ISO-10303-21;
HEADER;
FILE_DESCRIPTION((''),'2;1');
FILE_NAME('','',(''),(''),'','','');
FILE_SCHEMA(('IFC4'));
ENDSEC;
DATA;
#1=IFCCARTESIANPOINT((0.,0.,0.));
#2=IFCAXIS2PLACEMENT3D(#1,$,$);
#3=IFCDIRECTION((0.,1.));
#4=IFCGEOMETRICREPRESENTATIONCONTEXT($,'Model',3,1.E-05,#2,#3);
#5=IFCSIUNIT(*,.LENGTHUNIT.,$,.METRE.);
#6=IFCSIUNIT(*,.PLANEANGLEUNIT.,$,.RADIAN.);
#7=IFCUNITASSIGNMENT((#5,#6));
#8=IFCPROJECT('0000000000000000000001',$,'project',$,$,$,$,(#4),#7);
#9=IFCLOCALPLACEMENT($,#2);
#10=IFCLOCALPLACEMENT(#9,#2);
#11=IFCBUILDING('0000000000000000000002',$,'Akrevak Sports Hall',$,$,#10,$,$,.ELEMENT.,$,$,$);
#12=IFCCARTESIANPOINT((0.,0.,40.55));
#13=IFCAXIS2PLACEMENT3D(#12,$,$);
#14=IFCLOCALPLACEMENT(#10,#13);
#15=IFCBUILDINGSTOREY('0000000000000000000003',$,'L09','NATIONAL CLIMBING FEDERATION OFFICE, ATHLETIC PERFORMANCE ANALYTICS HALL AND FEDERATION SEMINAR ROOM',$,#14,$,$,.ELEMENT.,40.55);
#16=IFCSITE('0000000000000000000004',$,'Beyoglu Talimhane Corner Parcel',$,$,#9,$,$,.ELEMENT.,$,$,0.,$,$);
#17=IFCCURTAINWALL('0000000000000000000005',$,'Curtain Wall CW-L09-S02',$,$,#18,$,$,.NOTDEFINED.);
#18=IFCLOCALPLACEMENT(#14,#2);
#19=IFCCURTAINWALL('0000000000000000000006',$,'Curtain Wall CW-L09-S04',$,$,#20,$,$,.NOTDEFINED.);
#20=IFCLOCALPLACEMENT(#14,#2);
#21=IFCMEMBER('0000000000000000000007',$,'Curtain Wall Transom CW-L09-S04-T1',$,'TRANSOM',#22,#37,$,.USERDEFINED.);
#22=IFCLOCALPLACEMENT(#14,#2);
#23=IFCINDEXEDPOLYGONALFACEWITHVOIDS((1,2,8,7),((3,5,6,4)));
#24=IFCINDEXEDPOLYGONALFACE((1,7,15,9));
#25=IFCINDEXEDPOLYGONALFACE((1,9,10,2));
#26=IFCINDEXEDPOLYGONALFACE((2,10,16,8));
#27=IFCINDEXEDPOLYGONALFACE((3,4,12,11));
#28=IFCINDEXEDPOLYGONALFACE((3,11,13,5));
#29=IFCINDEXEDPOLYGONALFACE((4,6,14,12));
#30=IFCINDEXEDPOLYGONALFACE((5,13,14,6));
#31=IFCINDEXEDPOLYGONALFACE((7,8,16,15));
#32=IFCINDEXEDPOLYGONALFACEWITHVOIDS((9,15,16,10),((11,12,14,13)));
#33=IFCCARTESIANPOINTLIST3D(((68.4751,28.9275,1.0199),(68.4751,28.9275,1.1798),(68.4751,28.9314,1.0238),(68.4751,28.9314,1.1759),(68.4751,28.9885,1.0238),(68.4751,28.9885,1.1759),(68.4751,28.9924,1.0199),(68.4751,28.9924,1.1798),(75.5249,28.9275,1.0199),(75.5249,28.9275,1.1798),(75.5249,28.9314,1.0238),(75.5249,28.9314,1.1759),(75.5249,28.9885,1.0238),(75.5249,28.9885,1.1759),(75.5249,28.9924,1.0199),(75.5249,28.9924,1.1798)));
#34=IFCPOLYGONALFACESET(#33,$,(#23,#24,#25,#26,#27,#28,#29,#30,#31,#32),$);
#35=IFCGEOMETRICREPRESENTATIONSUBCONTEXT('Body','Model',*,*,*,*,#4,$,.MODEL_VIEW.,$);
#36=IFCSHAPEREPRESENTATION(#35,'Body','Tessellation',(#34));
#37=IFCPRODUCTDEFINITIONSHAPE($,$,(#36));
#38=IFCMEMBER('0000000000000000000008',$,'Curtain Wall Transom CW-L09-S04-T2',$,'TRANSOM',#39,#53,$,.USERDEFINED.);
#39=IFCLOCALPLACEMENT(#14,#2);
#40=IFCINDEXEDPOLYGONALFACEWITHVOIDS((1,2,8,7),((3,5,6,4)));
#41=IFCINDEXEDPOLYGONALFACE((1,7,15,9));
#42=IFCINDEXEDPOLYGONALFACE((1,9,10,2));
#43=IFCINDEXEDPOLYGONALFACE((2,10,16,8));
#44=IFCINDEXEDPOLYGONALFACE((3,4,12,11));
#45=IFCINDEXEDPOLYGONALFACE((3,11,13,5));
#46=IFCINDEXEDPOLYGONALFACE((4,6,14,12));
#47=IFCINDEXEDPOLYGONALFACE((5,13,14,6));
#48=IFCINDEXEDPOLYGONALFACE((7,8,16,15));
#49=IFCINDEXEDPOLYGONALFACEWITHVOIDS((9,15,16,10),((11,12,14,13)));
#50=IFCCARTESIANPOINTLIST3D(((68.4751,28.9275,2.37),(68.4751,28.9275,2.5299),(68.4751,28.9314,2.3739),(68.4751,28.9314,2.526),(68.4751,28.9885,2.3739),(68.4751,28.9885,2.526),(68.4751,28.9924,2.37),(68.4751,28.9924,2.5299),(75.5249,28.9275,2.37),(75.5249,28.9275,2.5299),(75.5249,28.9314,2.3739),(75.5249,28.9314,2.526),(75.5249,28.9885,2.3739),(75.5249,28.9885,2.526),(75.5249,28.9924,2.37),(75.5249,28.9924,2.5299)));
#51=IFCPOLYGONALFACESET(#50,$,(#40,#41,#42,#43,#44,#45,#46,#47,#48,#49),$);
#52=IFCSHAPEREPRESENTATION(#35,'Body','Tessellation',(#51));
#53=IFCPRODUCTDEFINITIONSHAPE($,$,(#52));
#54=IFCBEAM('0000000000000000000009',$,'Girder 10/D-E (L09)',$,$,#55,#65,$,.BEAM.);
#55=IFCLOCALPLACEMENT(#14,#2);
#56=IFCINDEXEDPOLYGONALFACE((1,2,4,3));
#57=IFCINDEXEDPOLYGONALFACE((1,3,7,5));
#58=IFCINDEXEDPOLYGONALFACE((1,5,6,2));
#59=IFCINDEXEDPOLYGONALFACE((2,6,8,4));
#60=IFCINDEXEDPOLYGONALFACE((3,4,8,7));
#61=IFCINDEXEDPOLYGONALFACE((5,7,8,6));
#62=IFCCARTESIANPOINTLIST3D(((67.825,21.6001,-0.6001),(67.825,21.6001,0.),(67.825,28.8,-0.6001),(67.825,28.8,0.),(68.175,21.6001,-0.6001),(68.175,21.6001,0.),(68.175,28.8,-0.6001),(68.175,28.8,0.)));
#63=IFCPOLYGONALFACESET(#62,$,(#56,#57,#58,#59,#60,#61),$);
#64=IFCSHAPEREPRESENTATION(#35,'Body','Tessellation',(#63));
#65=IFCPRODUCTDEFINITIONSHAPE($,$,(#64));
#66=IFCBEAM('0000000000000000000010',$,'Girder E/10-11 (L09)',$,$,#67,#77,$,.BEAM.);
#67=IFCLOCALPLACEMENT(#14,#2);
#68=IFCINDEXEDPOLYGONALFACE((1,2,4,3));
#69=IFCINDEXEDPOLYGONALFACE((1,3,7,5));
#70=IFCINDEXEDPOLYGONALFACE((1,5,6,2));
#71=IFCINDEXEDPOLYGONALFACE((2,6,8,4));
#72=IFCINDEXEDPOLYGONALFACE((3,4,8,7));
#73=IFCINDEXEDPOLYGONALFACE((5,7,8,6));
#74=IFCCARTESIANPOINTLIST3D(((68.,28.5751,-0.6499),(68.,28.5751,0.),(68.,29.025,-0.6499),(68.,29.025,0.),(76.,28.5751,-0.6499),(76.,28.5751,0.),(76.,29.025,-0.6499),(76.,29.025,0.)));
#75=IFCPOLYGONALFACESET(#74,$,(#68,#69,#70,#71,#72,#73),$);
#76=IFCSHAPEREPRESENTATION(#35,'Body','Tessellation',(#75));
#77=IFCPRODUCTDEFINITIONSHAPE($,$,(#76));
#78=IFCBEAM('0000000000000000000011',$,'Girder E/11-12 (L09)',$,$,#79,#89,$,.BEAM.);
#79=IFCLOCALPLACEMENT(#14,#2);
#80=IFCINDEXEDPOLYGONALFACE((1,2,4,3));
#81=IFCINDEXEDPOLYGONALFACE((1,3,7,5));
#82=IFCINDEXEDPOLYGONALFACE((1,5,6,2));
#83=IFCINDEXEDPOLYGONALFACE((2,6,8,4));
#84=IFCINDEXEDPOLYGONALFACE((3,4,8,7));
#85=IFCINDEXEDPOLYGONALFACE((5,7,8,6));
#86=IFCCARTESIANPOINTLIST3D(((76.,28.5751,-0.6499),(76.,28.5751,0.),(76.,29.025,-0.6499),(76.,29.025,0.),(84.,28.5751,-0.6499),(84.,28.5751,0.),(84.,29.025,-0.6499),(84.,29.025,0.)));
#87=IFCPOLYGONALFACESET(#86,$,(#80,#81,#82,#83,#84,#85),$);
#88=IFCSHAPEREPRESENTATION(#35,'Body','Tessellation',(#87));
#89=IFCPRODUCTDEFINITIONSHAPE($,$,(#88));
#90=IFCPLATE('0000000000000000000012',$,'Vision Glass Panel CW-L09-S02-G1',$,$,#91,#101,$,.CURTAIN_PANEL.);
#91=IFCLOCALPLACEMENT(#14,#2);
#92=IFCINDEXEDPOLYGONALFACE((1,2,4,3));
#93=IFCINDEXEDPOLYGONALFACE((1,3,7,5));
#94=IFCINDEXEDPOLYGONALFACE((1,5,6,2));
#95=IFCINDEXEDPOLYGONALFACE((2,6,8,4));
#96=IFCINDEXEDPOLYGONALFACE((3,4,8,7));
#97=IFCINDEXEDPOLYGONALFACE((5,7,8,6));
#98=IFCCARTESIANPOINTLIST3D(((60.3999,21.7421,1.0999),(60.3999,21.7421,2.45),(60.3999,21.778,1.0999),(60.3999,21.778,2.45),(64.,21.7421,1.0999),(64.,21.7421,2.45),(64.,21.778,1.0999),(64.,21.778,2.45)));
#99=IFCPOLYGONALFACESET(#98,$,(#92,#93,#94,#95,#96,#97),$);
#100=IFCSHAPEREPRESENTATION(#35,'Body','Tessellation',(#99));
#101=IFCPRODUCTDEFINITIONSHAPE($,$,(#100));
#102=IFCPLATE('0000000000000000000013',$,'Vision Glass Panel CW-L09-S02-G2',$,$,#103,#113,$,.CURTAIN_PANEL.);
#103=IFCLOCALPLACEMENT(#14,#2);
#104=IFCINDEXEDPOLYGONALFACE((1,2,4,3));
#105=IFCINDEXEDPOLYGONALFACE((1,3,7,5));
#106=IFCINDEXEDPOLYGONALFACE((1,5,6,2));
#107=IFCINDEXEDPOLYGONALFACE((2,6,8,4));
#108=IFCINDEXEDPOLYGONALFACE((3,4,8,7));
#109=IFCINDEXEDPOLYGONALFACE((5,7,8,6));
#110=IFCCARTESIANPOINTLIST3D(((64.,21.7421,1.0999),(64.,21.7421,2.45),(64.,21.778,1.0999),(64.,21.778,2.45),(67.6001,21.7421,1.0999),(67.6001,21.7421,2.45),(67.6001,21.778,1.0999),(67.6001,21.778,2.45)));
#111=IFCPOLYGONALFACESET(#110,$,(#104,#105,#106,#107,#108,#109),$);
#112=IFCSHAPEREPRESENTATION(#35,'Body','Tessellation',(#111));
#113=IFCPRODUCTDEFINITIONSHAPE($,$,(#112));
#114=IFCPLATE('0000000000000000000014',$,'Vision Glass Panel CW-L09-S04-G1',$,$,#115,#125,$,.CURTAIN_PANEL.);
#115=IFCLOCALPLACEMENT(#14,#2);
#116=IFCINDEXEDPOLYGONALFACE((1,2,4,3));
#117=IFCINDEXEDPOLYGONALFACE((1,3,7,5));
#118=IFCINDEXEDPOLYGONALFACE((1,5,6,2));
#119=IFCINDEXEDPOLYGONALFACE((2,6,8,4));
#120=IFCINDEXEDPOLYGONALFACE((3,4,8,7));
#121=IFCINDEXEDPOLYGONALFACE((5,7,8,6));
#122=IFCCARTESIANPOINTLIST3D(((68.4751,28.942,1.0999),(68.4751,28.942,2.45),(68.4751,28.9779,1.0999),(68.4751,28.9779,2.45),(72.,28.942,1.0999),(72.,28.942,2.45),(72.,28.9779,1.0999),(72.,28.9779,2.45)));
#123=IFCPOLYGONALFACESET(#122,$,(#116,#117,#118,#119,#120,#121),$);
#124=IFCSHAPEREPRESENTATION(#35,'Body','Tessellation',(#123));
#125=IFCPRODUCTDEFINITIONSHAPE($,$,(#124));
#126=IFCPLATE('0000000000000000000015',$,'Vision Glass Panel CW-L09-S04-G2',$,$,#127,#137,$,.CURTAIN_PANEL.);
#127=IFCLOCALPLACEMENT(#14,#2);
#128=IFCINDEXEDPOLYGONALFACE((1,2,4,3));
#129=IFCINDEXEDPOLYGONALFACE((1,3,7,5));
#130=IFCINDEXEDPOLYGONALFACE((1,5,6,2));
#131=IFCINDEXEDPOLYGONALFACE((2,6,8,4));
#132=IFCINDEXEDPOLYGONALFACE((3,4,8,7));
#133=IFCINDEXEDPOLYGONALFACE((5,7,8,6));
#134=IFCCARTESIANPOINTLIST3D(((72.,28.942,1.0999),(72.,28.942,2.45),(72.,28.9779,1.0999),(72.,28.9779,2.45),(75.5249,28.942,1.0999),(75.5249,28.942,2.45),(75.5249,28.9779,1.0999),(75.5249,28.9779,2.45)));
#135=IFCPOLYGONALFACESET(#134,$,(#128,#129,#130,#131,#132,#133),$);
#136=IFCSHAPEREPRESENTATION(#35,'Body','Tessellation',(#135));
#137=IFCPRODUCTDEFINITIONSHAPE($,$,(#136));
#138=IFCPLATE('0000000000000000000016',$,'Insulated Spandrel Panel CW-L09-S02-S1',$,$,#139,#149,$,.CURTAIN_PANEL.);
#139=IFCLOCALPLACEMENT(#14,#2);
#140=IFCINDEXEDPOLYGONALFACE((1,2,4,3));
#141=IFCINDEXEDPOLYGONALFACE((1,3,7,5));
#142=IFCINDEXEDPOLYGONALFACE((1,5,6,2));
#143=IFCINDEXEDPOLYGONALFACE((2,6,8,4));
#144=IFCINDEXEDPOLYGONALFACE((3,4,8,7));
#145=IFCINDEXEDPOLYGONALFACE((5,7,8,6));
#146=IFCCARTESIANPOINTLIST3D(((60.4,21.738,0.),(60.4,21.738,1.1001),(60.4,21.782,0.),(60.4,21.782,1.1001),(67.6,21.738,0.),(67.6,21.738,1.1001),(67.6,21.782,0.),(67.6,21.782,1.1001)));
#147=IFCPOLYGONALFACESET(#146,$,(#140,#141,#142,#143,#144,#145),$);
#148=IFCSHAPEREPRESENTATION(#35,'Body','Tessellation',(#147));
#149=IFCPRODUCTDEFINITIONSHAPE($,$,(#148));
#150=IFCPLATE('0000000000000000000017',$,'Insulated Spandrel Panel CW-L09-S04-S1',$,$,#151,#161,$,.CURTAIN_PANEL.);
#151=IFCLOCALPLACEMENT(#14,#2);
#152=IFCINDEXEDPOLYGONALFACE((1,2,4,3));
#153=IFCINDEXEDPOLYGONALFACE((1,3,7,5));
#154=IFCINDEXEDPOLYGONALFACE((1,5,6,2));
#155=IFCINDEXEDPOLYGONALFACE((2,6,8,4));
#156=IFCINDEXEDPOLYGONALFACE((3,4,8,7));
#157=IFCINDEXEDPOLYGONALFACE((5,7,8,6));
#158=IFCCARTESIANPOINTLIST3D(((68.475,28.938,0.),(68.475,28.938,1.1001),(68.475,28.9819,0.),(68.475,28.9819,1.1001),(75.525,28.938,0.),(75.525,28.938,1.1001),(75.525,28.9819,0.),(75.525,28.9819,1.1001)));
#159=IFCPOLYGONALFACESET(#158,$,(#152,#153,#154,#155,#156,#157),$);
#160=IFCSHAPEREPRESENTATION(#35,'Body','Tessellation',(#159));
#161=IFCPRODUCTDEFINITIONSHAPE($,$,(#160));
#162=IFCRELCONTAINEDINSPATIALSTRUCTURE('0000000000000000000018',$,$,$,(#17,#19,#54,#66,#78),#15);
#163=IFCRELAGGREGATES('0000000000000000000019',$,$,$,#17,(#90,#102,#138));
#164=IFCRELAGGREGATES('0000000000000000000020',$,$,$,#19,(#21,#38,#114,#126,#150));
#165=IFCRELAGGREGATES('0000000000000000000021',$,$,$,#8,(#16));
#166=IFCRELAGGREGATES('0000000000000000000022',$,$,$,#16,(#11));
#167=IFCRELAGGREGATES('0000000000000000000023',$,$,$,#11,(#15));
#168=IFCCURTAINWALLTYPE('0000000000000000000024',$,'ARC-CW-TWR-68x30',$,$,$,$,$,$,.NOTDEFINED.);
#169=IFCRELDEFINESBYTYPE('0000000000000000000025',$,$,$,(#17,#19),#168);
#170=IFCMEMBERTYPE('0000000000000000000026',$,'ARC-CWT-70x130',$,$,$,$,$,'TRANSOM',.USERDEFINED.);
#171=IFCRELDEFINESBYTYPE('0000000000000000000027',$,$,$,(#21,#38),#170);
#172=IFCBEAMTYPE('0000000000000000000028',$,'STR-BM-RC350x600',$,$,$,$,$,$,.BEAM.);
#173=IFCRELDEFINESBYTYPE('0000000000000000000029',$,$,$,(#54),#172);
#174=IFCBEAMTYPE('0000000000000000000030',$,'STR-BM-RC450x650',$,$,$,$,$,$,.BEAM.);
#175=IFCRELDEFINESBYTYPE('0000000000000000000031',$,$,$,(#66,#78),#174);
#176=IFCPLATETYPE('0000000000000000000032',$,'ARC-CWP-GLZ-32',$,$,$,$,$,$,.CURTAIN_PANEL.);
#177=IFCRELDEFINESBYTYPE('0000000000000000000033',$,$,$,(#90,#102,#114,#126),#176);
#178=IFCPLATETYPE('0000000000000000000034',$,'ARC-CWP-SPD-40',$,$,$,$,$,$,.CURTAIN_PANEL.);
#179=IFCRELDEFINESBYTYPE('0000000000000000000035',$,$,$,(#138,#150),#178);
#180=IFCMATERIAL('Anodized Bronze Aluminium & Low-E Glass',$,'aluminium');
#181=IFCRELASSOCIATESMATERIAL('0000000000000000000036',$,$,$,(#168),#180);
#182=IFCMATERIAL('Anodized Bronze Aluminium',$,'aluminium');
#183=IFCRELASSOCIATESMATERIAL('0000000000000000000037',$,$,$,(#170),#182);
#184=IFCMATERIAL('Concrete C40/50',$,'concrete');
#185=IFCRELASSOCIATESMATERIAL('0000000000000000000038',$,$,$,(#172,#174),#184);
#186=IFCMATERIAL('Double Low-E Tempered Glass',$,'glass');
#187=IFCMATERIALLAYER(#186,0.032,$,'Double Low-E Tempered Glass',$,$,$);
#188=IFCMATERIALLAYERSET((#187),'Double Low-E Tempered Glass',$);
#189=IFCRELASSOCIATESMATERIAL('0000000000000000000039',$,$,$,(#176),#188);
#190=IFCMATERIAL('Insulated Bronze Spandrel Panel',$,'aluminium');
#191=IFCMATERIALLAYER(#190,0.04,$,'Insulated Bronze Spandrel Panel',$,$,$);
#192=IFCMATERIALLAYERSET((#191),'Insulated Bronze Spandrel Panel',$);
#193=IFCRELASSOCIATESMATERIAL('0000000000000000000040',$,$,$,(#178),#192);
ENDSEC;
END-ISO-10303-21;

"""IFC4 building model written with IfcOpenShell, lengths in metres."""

from ifc_helpers import new_model, si_unit, direction, frame, origin, origin_2d, place, context, subcontext, project, spatial, rectangle, hollow_rectangle, extrude, material, layer, layer_set, material_profile, profile_set, type_object, element, aggregate, save


model = new_model("IFC4")

# Units and contexts
model_context = context("Model", 3, precision=1e-05, world=origin(), true_north=direction((0.0, 1.0)))
body_context = subcontext(model_context, "Body", "Model", "MODEL_VIEW")
ifc_project = project(units=[si_unit("LENGTHUNIT", "METRE"), si_unit("PLANEANGLEUNIT", "RADIAN")], contexts=[model_context])

# Site, building, storey
site_placement = place(None, origin())
site = spatial("IfcSite", under=ifc_project, at=site_placement, Name="Beyoglu Talimhane Corner Parcel", CompositionType="ELEMENT", RefElevation=0.0)
building_placement = place(site_placement, origin())
building = spatial("IfcBuilding", under=site, at=building_placement, Name="Akrevak Sports Hall", CompositionType="ELEMENT")
storey_placement = place(building_placement, frame((0.0, 0.0, 40.55)))
storey = spatial("IfcBuildingStorey", under=building, at=storey_placement, Name="L09", Description="NATIONAL CLIMBING FEDERATION OFFICE, ATHLETIC PERFORMANCE ANALYTICS HALL AND FEDERATION SEMINAR ROOM", CompositionType="ELEMENT", Elevation=40.55)

# Shared definitions
ifc_material_1 = material(Name="Concrete C40/50", Category="concrete")

# Curtain walls
ifc_material_2 = material(Name="Anodized Bronze Aluminium & Low-E Glass", Category="aluminium")
curtain_wall_type = type_object("IfcCurtainWallType", Name="ARC-CW-TWR-68x30", PredefinedType="NOTDEFINED", material=ifc_material_2)
curtain_wall_1_placement = place(storey_placement, origin())
curtain_wall_1 = element("IfcCurtainWall", 1, at=curtain_wall_1_placement, inside=storey, type_object=curtain_wall_type, Name="Curtain Wall CW-L09-S02", PredefinedType="NOTDEFINED")
ifc_material_3 = material(Name="Anodized Bronze Aluminium", Category="aluminium")
curtain_wall_2_placement = place(storey_placement, origin())
curtain_wall_2 = element("IfcCurtainWall", 2, at=curtain_wall_2_placement, inside=storey, type_object=curtain_wall_type, Name="Curtain Wall CW-L09-S04", PredefinedType="NOTDEFINED")

# Members
ifc_material_profile_1 = material_profile(ifc_material_3, hollow_rectangle(XDim=0.0649, YDim=0.1599, WallThickness=0.0039, at=origin_2d()), Name="CWT 65x160", Category="aluminium")
ifc_profile_set_1 = profile_set([ifc_material_profile_1], Name="Anodized Bronze Aluminium")
member_type_1 = type_object("IfcMemberType", Name="ARC-CWT-70x130", ElementType="TRANSOM", PredefinedType="USERDEFINED", material=ifc_profile_set_1)
member_1_placement = place(storey_placement, frame((68.4751, 28.96, 1.0999), z_axis=(1.0, 0.0, 0.0), x_axis=(0.0, 1.0, 0.0)))
member_1 = element("IfcMember", 3, at=member_1_placement, type_object=member_type_1, Name="Curtain Wall Transom CW-L09-S04-T1", ObjectType="TRANSOM", PredefinedType="USERDEFINED", context=body_context, shape_type="SweptSolid", body=[
    extrude(hollow_rectangle(XDim=0.0649, YDim=0.1599, WallThickness=0.0039, at=origin_2d()), origin(), (0.0, 0.0, 1.0), 7.0498),
])
member_2_placement = place(storey_placement, frame((68.4751, 28.96, 2.45), z_axis=(1.0, 0.0, 0.0), x_axis=(0.0, 1.0, 0.0)))
member_2 = element("IfcMember", 4, at=member_2_placement, type_object=member_type_1, Name="Curtain Wall Transom CW-L09-S04-T2", ObjectType="TRANSOM", PredefinedType="USERDEFINED", context=body_context, shape_type="SweptSolid", body=[
    extrude(hollow_rectangle(XDim=0.0649, YDim=0.1599, WallThickness=0.0039, at=origin_2d()), origin(), (0.0, 0.0, 1.0), 7.0498),
])

# Beams
ifc_material_profile_2 = material_profile(ifc_material_1, rectangle(XDim=0.3501, YDim=0.6001, at=origin_2d()), Name="BM 350x600", Category="concrete")
ifc_profile_set_2 = profile_set([ifc_material_profile_2], Name="Concrete C40/50")
beam_type_1 = type_object("IfcBeamType", Name="STR-BM-RC350x600", PredefinedType="BEAM", material=ifc_profile_set_2)
beam_placement = place(storey_placement, frame((68.0, 21.6001, -0.3), z_axis=(0.0, 1.0, 0.0), x_axis=(-1.0, 0.0, 0.0)))
element("IfcBeam", 5, at=beam_placement, inside=storey, type_object=beam_type_1, Name="Girder 10/D-E (L09)", PredefinedType="BEAM", context=body_context, shape_type="SweptSolid", body=[
    extrude(rectangle(XDim=0.3501, YDim=0.6001, at=origin_2d()), origin(), (0.0, 0.0, 1.0), 7.2),
])
ifc_material_profile_3 = material_profile(ifc_material_1, rectangle(XDim=0.45, YDim=0.6499, at=origin_2d()), Name="BM 450x650", Category="concrete")
ifc_profile_set_3 = profile_set([ifc_material_profile_3], Name="Concrete C40/50")
beam_type_2 = type_object("IfcBeamType", Name="STR-BM-RC450x650", PredefinedType="BEAM", material=ifc_profile_set_3)
for number, where, z_axis, x_axis, name in (
    (6, (68.0, 28.8, -0.325), (1.0, 0.0, 0.0), (0.0, 1.0, 0.0), "Girder E/10-11 (L09)"),
    (7, (76.0, 28.8, -0.325), (1.0, 0.0, 0.0), (0.0, 1.0, 0.0), "Girder E/11-12 (L09)"),
):
    element("IfcBeam", number, at=place(storey_placement, frame(where, z_axis=z_axis, x_axis=x_axis)), inside=storey, type_object=beam_type_2, Name=name, PredefinedType="BEAM", context=body_context, shape_type="SweptSolid", body=[
        extrude(rectangle(XDim=0.45, YDim=0.6499, at=origin_2d()), origin(), (0.0, 0.0, 1.0), 8.0),
    ])

# Plates
ifc_material_4 = material(Name="Double Low-E Tempered Glass", Category="glass")
ifc_layer_1 = layer(ifc_material_4, 0.032, Name="Double Low-E Tempered Glass")
ifc_layer_set_1 = layer_set([ifc_layer_1], Name="Double Low-E Tempered Glass")
plate_type_1 = type_object("IfcPlateType", Name="ARC-CWP-GLZ-32", PredefinedType="CURTAIN_PANEL", material=ifc_layer_set_1)
plate_1_placement = place(storey_placement, frame((62.2, 21.76, 1.0999), z_axis=(0.0, 0.0, 1.0), x_axis=(1.0, 0.0, 0.0)))
plate_1 = element("IfcPlate", 8, at=plate_1_placement, type_object=plate_type_1, Name="Vision Glass Panel CW-L09-S02-G1", PredefinedType="CURTAIN_PANEL", context=body_context, shape_type="SweptSolid", body=[
    extrude(rectangle(XDim=3.6001, YDim=0.0359, at=origin_2d()), origin(), (0.0, 0.0, 1.0), 1.3501),
])
plate_2_placement = place(storey_placement, frame((65.8, 21.76, 1.0999), z_axis=(0.0, 0.0, 1.0), x_axis=(1.0, 0.0, 0.0)))
plate_2 = element("IfcPlate", 9, at=plate_2_placement, type_object=plate_type_1, Name="Vision Glass Panel CW-L09-S02-G2", PredefinedType="CURTAIN_PANEL", context=body_context, shape_type="SweptSolid", body=[
    extrude(rectangle(XDim=3.6001, YDim=0.0359, at=origin_2d()), origin(), (0.0, 0.0, 1.0), 1.3501),
])
plate_3_placement = place(storey_placement, frame((70.2375, 28.96, 1.0999), z_axis=(0.0, 0.0, 1.0), x_axis=(1.0, 0.0, 0.0)))
plate_3 = element("IfcPlate", 10, at=plate_3_placement, type_object=plate_type_1, Name="Vision Glass Panel CW-L09-S04-G1", PredefinedType="CURTAIN_PANEL", context=body_context, shape_type="SweptSolid", body=[
    extrude(rectangle(XDim=3.5249, YDim=0.0359, at=origin_2d()), origin(), (0.0, 0.0, 1.0), 1.3501),
])
plate_4_placement = place(storey_placement, frame((73.7625, 28.96, 1.0999), z_axis=(0.0, 0.0, 1.0), x_axis=(1.0, 0.0, 0.0)))
plate_4 = element("IfcPlate", 11, at=plate_4_placement, type_object=plate_type_1, Name="Vision Glass Panel CW-L09-S04-G2", PredefinedType="CURTAIN_PANEL", context=body_context, shape_type="SweptSolid", body=[
    extrude(rectangle(XDim=3.5249, YDim=0.0359, at=origin_2d()), origin(), (0.0, 0.0, 1.0), 1.3501),
])
ifc_material_5 = material(Name="Insulated Bronze Spandrel Panel", Category="aluminium")
ifc_layer_2 = layer(ifc_material_5, 0.04, Name="Insulated Bronze Spandrel Panel")
ifc_layer_set_2 = layer_set([ifc_layer_2], Name="Insulated Bronze Spandrel Panel")
plate_type_2 = type_object("IfcPlateType", Name="ARC-CWP-SPD-40", PredefinedType="CURTAIN_PANEL", material=ifc_layer_set_2)
plate_5_placement = place(storey_placement, frame((64.0, 21.76, 0.0), z_axis=(0.0, 0.0, 1.0), x_axis=(1.0, 0.0, 0.0)))
plate_5 = element("IfcPlate", 12, at=plate_5_placement, type_object=plate_type_2, Name="Insulated Spandrel Panel CW-L09-S02-S1", PredefinedType="CURTAIN_PANEL", context=body_context, shape_type="SweptSolid", body=[
    extrude(rectangle(XDim=7.2, YDim=0.0439, at=origin_2d()), origin(), (0.0, 0.0, 1.0), 1.1001),
])
aggregate(curtain_wall_1, [plate_1, plate_2, plate_5])
plate_6_placement = place(storey_placement, frame((72.0, 28.96, 0.0), z_axis=(0.0, 0.0, 1.0), x_axis=(1.0, 0.0, 0.0)))
plate_6 = element("IfcPlate", 13, at=plate_6_placement, type_object=plate_type_2, Name="Insulated Spandrel Panel CW-L09-S04-S1", PredefinedType="CURTAIN_PANEL", context=body_context, shape_type="SweptSolid", body=[
    extrude(rectangle(XDim=7.05, YDim=0.0439, at=origin_2d()), origin(), (0.0, 0.0, 1.0), 1.1001),
])
aggregate(curtain_wall_2, [member_1, member_2, plate_3, plate_4, plate_6])

save(model, "model.ifc")
